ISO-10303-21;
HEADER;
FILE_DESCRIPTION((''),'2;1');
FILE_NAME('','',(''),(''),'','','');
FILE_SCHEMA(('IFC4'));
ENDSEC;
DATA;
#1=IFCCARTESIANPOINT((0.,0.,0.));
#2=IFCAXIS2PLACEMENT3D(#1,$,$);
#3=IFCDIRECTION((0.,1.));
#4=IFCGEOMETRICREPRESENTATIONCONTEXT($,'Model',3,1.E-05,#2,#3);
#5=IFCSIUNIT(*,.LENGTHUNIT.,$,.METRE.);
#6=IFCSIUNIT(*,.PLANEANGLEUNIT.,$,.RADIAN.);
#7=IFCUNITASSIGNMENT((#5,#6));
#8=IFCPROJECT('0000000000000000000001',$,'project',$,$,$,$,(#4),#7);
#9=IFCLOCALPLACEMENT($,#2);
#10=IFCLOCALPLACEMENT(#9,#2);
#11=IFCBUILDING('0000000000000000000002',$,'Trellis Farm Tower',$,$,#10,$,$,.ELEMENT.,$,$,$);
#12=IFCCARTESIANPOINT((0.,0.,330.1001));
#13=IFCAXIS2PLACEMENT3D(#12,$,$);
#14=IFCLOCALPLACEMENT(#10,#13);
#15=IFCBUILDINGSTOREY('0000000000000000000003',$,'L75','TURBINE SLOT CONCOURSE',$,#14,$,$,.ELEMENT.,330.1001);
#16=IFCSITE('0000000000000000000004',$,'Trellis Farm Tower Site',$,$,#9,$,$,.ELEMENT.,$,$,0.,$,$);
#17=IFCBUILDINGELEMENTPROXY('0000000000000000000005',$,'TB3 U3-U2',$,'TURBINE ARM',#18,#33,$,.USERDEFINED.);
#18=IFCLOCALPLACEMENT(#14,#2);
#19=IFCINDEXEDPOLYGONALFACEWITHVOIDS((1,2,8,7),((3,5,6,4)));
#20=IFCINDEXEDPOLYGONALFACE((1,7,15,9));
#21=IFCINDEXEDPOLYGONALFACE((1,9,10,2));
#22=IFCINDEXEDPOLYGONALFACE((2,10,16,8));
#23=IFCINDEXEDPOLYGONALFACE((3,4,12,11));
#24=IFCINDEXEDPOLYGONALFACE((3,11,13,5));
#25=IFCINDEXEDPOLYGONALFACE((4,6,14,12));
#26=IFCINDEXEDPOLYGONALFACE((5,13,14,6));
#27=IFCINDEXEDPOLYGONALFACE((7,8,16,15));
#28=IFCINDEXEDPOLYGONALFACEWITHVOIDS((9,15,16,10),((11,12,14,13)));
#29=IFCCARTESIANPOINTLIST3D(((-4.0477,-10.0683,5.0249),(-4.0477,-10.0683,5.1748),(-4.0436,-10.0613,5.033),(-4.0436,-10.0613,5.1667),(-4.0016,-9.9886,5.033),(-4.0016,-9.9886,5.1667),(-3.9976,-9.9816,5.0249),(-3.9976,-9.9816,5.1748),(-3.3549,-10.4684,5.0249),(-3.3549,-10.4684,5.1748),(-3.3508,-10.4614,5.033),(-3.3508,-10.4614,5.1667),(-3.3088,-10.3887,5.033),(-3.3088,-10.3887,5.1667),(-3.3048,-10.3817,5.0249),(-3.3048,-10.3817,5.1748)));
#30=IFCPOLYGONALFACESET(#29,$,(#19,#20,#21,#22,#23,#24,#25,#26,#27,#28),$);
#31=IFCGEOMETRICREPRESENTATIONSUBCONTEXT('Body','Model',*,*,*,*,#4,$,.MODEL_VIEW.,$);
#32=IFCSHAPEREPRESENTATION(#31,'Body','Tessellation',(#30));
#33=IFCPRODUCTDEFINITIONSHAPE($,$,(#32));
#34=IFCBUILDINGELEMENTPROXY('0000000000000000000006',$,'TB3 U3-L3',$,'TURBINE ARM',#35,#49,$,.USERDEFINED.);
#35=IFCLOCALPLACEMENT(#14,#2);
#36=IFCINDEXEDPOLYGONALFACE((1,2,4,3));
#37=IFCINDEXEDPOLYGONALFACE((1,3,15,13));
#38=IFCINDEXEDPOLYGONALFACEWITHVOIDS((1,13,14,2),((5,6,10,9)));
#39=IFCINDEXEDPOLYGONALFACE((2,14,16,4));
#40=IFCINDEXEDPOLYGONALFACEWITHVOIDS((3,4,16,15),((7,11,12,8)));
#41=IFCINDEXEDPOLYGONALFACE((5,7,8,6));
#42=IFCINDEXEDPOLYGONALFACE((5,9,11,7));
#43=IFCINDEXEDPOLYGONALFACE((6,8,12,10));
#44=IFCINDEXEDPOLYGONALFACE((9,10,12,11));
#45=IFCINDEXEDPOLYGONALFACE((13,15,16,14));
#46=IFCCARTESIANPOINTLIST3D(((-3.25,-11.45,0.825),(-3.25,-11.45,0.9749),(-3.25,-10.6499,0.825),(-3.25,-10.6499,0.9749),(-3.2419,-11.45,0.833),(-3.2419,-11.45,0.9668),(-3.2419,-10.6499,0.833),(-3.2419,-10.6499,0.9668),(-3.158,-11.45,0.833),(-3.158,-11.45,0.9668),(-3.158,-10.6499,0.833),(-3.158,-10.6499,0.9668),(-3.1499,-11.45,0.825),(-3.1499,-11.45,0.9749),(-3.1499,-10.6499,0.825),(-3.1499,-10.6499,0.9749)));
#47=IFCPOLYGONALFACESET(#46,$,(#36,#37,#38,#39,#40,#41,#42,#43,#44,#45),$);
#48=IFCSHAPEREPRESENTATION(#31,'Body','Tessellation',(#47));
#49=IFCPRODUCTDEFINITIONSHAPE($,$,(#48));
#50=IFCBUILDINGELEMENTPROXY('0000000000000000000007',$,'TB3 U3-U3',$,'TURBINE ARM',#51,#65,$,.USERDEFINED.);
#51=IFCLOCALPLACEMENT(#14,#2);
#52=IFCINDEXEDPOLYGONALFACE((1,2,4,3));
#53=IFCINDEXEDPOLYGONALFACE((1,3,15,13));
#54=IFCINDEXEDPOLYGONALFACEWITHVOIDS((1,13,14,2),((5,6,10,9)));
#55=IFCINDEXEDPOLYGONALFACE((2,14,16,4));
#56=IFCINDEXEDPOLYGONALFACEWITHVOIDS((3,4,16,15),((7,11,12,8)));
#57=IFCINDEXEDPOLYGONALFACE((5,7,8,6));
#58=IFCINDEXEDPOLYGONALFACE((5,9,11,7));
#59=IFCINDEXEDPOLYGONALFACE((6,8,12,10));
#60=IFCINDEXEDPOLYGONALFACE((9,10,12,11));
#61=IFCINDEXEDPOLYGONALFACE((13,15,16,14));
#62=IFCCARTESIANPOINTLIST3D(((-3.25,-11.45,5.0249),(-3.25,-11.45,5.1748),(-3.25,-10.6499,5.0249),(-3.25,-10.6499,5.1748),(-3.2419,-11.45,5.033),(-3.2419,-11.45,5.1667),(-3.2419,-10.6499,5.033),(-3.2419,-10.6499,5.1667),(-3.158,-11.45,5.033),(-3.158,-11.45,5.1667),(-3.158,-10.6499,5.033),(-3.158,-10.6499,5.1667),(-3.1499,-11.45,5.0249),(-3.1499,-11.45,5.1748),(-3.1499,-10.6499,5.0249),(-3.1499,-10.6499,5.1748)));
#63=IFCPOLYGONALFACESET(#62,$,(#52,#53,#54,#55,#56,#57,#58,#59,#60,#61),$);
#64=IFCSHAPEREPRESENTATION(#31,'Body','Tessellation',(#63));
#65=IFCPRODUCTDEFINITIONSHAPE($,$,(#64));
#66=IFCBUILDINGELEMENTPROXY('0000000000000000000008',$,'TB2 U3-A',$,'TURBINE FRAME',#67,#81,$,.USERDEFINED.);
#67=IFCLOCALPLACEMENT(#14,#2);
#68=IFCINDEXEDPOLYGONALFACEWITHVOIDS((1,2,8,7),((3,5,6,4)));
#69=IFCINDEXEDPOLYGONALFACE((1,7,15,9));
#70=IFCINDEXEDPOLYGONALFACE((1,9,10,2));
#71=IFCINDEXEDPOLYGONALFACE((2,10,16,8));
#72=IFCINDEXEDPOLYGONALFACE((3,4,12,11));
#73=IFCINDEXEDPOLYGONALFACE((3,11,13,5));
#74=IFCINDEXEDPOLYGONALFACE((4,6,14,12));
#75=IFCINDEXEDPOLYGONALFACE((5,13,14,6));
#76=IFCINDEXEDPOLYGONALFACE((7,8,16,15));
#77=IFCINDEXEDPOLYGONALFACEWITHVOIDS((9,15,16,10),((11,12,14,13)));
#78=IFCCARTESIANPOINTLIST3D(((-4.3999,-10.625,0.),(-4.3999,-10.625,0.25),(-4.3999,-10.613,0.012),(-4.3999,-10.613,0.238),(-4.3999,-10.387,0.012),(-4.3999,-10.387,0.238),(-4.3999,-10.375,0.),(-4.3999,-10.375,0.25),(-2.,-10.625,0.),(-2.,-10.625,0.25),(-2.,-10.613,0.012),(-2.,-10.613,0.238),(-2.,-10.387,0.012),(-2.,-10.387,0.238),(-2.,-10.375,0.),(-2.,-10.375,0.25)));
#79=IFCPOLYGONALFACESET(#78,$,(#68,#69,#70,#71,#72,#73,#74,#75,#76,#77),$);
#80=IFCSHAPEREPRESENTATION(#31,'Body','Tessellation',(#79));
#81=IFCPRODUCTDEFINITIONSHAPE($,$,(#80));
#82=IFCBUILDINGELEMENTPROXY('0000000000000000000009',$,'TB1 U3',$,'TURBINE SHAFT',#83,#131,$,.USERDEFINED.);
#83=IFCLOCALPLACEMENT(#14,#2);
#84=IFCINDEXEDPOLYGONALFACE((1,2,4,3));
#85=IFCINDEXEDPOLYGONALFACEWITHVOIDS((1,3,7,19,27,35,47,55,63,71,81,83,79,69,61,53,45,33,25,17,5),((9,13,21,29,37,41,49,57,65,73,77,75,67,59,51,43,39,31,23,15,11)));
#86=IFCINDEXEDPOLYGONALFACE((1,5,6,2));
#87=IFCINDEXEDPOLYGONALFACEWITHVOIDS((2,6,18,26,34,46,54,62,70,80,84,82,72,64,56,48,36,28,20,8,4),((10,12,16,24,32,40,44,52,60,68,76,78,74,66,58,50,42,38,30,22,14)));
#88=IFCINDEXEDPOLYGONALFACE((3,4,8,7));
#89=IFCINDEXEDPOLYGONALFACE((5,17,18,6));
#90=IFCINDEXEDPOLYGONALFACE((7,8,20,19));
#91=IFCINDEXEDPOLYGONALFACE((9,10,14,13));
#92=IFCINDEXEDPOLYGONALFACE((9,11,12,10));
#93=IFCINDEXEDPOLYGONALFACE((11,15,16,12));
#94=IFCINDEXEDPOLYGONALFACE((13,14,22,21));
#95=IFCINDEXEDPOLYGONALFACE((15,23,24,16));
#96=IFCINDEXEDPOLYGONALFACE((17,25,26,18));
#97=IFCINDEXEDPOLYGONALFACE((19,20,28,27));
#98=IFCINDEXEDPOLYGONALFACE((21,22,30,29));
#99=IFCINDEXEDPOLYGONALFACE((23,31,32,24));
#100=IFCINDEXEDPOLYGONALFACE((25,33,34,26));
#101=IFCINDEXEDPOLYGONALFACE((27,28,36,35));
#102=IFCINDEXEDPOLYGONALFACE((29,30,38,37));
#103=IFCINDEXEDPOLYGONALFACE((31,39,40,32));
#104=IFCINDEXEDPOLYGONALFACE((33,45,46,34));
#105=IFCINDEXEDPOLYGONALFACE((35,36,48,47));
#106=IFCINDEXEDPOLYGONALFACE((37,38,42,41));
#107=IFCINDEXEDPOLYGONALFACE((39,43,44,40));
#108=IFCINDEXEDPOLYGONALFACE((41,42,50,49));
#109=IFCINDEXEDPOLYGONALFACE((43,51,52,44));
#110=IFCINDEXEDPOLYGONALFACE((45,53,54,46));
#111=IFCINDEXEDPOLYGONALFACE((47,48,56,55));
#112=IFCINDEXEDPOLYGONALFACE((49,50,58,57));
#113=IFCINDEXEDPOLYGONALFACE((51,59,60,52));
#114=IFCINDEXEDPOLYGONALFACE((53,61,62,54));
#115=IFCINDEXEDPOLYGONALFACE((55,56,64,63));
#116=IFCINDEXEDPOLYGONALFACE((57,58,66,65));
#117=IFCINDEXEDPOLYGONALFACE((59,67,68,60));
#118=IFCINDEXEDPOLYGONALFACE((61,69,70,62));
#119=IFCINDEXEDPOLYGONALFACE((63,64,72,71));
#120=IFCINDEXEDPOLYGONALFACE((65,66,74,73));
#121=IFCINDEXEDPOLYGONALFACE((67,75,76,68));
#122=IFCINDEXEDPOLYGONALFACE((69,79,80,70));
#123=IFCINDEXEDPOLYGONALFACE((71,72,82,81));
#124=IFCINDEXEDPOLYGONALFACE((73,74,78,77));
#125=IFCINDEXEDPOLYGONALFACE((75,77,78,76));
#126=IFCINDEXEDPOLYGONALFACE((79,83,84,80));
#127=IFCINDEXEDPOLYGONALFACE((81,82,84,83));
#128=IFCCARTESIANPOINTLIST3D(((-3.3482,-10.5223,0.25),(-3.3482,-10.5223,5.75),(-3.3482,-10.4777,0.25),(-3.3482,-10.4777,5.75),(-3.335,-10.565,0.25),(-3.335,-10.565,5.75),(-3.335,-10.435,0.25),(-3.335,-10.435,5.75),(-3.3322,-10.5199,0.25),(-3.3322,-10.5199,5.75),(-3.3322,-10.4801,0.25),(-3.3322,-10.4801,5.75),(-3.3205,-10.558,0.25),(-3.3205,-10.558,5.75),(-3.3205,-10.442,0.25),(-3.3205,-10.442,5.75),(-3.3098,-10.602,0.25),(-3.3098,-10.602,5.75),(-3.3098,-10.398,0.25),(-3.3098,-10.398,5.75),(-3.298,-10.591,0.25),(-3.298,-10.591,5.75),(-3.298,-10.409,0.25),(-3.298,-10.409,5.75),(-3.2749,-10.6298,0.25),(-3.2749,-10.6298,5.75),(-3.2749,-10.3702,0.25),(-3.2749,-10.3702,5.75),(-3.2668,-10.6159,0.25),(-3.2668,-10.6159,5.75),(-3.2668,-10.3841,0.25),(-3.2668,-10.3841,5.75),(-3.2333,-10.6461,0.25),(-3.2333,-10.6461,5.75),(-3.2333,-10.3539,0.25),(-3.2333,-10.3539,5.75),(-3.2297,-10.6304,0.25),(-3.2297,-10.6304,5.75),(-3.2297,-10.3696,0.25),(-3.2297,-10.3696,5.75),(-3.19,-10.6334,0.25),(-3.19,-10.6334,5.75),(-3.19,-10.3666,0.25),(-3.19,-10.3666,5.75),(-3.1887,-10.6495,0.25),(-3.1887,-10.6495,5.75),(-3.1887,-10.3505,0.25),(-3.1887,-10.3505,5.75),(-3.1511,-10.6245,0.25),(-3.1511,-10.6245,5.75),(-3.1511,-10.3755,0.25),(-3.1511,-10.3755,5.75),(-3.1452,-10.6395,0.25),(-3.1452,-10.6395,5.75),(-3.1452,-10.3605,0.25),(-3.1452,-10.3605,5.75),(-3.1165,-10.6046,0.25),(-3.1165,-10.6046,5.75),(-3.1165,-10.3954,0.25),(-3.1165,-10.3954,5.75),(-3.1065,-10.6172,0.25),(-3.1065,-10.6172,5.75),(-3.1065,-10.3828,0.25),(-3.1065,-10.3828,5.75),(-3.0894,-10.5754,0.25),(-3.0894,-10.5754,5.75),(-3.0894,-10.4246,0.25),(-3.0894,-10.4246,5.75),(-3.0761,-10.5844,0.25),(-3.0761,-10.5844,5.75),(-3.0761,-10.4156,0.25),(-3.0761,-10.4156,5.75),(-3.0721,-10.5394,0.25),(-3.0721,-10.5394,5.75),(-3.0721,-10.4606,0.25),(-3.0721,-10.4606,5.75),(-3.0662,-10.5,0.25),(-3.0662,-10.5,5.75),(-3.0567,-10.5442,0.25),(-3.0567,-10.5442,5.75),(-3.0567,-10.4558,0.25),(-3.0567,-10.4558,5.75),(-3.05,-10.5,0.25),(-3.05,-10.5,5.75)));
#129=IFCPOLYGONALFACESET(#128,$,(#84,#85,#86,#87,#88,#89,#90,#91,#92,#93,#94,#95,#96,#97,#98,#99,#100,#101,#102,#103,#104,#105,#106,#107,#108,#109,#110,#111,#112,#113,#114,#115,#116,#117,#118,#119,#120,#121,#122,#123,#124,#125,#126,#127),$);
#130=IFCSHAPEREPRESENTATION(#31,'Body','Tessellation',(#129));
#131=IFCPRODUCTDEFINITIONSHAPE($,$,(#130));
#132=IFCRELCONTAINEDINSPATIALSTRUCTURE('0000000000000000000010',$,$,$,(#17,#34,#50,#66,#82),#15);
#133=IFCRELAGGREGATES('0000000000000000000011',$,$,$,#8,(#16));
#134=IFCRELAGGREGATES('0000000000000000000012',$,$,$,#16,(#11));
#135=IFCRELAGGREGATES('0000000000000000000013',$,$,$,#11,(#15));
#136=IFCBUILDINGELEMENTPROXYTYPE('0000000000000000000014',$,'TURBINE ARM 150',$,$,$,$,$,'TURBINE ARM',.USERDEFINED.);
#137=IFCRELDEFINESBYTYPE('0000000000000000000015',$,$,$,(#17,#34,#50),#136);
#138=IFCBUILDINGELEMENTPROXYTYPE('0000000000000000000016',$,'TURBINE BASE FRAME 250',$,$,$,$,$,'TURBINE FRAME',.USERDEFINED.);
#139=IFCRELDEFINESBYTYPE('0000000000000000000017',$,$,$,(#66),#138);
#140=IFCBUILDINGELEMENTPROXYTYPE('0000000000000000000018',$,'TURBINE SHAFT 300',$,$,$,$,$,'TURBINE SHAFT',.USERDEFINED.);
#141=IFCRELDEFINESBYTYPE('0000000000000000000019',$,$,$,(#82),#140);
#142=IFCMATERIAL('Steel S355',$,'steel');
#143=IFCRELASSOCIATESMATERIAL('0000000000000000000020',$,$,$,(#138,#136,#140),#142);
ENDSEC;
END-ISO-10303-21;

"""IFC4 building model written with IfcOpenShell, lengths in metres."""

from ifc_helpers import new_model, si_unit, direction, frame, origin, origin_2d, place, context, subcontext, project, spatial, hollow_rectangle, hollow_circle, extrude, source, transform, mapped, material, material_profile, profile_set, type_object, element, save


model = new_model("IFC4")

# Units and contexts
model_context = context("Model", 3, precision=1e-05, world=origin(), true_north=direction((0.0, 1.0)))
body_context = subcontext(model_context, "Body", "Model", "MODEL_VIEW")
ifc_project = project(units=[si_unit("LENGTHUNIT", "METRE"), si_unit("PLANEANGLEUNIT", "RADIAN")], contexts=[model_context])

# Site, building, storey
site_placement = place(None, origin())
site = spatial("IfcSite", under=ifc_project, at=site_placement, Name="Trellis Farm Tower Site", CompositionType="ELEMENT", RefElevation=0.0)
building_placement = place(site_placement, origin())
building = spatial("IfcBuilding", under=site, at=building_placement, Name="Trellis Farm Tower", CompositionType="ELEMENT")
storey_placement = place(building_placement, frame((0.0, 0.0, 330.1001)))
storey = spatial("IfcBuildingStorey", under=building, at=storey_placement, Name="L75", Description="TURBINE SLOT CONCOURSE", CompositionType="ELEMENT", Elevation=330.1001)

# Shared definitions
ifc_material_1 = material(Name="Steel S355", Category="steel")

# Building element proxies
ifc_material_profile_1 = material_profile(ifc_material_1, hollow_rectangle(XDim=0.25, YDim=0.25, WallThickness=0.012, at=origin_2d()), Name="RHS 250x250x12")
ifc_profile_set_1 = profile_set([ifc_material_profile_1], Name="Steel S355")
building_element_proxy_type_1 = type_object("IfcBuildingElementProxyType", Name="TURBINE BASE FRAME 250", ElementType="TURBINE FRAME", PredefinedType="USERDEFINED", material=ifc_profile_set_1)
ifc_material_profile_2 = material_profile(ifc_material_1, hollow_rectangle(XDim=0.1001, YDim=0.1499, WallThickness=0.0081, at=origin_2d()), Name="RHS 150x100x8")
ifc_profile_set_2 = profile_set([ifc_material_profile_2], Name="Steel S355")
building_element_proxy_type_2 = type_object("IfcBuildingElementProxyType", Name="TURBINE ARM 150", ElementType="TURBINE ARM", PredefinedType="USERDEFINED", material=ifc_profile_set_2)
shared_shape_1 = source(origin(), body_context, "Body", "SweptSolid", [
    extrude(hollow_rectangle(XDim=0.1001, YDim=0.1499, WallThickness=0.0081, at=origin_2d()), origin(), (0.0, 0.0, 1.0), 0.8),
])
for number, where, z_axis, x_axis, name in (
    (1, (-3.3298, -10.425, 5.0999), (-0.865962, 0.50011, 0.0), (-0.50011, -0.865962, 0.0), "TB3 U3-U2"),
    (2, (-3.2, -10.6499, 0.8999), (0.0, -1.0, 0.0), (1.0, 0.0, 0.0), "TB3 U3-L3"),
    (3, (-3.2, -10.6499, 5.0999), (0.0, -1.0, 0.0), (1.0, 0.0, 0.0), "TB3 U3-U3"),
):
    element("IfcBuildingElementProxy", number, at=place(storey_placement, frame(where, z_axis=z_axis, x_axis=x_axis)), inside=storey, type_object=building_element_proxy_type_2, Name=name, ObjectType="TURBINE ARM", PredefinedType="USERDEFINED", context=body_context, shape_type="MappedRepresentation", body=[
        mapped(shared_shape_1, transform((0.0, 0.0, 0.0))),
    ])
shared_shape_2 = source(origin(), body_context, "Body", "SweptSolid", [
    extrude(hollow_rectangle(XDim=0.25, YDim=0.25, WallThickness=0.012, at=origin_2d()), origin(), (0.0, 0.0, 1.0), 2.3999),
])
proxy_1_placement = place(storey_placement, frame((-4.3999, -10.5, 0.125), z_axis=(1.0, 0.0, 0.0), x_axis=(0.0, 1.0, 0.0)))
element("IfcBuildingElementProxy", 4, at=proxy_1_placement, inside=storey, type_object=building_element_proxy_type_1, Name="TB2 U3-A", ObjectType="TURBINE FRAME", PredefinedType="USERDEFINED", context=body_context, shape_type="MappedRepresentation", body=[
    mapped(shared_shape_2, transform((0.0, 0.0, 0.0))),
])
ifc_material_profile_3 = material_profile(ifc_material_1, hollow_circle(Radius=0.1499, WallThickness=0.0161, at=origin_2d()), Name="CHS 300x16")
ifc_profile_set_3 = profile_set([ifc_material_profile_3], Name="Steel S355")
building_element_proxy_type_3 = type_object("IfcBuildingElementProxyType", Name="TURBINE SHAFT 300", ElementType="TURBINE SHAFT", PredefinedType="USERDEFINED", material=ifc_profile_set_3)
shared_shape_3 = source(origin(), body_context, "Body", "SweptSolid", [
    extrude(hollow_circle(Radius=0.1499, WallThickness=0.0161, at=origin_2d()), origin(), (0.0, 0.0, 1.0), 5.5),
])
proxy_2_placement = place(storey_placement, frame((-3.2, -10.5, 0.25), z_axis=(0.0, 0.0, 1.0), x_axis=(1.0, 0.0, 0.0)))
element("IfcBuildingElementProxy", 5, at=proxy_2_placement, inside=storey, type_object=building_element_proxy_type_3, Name="TB1 U3", ObjectType="TURBINE SHAFT", PredefinedType="USERDEFINED", context=body_context, shape_type="MappedRepresentation", body=[
    mapped(shared_shape_3, transform((0.0, 0.0, 0.0))),
])

save(model, "model.ifc")
